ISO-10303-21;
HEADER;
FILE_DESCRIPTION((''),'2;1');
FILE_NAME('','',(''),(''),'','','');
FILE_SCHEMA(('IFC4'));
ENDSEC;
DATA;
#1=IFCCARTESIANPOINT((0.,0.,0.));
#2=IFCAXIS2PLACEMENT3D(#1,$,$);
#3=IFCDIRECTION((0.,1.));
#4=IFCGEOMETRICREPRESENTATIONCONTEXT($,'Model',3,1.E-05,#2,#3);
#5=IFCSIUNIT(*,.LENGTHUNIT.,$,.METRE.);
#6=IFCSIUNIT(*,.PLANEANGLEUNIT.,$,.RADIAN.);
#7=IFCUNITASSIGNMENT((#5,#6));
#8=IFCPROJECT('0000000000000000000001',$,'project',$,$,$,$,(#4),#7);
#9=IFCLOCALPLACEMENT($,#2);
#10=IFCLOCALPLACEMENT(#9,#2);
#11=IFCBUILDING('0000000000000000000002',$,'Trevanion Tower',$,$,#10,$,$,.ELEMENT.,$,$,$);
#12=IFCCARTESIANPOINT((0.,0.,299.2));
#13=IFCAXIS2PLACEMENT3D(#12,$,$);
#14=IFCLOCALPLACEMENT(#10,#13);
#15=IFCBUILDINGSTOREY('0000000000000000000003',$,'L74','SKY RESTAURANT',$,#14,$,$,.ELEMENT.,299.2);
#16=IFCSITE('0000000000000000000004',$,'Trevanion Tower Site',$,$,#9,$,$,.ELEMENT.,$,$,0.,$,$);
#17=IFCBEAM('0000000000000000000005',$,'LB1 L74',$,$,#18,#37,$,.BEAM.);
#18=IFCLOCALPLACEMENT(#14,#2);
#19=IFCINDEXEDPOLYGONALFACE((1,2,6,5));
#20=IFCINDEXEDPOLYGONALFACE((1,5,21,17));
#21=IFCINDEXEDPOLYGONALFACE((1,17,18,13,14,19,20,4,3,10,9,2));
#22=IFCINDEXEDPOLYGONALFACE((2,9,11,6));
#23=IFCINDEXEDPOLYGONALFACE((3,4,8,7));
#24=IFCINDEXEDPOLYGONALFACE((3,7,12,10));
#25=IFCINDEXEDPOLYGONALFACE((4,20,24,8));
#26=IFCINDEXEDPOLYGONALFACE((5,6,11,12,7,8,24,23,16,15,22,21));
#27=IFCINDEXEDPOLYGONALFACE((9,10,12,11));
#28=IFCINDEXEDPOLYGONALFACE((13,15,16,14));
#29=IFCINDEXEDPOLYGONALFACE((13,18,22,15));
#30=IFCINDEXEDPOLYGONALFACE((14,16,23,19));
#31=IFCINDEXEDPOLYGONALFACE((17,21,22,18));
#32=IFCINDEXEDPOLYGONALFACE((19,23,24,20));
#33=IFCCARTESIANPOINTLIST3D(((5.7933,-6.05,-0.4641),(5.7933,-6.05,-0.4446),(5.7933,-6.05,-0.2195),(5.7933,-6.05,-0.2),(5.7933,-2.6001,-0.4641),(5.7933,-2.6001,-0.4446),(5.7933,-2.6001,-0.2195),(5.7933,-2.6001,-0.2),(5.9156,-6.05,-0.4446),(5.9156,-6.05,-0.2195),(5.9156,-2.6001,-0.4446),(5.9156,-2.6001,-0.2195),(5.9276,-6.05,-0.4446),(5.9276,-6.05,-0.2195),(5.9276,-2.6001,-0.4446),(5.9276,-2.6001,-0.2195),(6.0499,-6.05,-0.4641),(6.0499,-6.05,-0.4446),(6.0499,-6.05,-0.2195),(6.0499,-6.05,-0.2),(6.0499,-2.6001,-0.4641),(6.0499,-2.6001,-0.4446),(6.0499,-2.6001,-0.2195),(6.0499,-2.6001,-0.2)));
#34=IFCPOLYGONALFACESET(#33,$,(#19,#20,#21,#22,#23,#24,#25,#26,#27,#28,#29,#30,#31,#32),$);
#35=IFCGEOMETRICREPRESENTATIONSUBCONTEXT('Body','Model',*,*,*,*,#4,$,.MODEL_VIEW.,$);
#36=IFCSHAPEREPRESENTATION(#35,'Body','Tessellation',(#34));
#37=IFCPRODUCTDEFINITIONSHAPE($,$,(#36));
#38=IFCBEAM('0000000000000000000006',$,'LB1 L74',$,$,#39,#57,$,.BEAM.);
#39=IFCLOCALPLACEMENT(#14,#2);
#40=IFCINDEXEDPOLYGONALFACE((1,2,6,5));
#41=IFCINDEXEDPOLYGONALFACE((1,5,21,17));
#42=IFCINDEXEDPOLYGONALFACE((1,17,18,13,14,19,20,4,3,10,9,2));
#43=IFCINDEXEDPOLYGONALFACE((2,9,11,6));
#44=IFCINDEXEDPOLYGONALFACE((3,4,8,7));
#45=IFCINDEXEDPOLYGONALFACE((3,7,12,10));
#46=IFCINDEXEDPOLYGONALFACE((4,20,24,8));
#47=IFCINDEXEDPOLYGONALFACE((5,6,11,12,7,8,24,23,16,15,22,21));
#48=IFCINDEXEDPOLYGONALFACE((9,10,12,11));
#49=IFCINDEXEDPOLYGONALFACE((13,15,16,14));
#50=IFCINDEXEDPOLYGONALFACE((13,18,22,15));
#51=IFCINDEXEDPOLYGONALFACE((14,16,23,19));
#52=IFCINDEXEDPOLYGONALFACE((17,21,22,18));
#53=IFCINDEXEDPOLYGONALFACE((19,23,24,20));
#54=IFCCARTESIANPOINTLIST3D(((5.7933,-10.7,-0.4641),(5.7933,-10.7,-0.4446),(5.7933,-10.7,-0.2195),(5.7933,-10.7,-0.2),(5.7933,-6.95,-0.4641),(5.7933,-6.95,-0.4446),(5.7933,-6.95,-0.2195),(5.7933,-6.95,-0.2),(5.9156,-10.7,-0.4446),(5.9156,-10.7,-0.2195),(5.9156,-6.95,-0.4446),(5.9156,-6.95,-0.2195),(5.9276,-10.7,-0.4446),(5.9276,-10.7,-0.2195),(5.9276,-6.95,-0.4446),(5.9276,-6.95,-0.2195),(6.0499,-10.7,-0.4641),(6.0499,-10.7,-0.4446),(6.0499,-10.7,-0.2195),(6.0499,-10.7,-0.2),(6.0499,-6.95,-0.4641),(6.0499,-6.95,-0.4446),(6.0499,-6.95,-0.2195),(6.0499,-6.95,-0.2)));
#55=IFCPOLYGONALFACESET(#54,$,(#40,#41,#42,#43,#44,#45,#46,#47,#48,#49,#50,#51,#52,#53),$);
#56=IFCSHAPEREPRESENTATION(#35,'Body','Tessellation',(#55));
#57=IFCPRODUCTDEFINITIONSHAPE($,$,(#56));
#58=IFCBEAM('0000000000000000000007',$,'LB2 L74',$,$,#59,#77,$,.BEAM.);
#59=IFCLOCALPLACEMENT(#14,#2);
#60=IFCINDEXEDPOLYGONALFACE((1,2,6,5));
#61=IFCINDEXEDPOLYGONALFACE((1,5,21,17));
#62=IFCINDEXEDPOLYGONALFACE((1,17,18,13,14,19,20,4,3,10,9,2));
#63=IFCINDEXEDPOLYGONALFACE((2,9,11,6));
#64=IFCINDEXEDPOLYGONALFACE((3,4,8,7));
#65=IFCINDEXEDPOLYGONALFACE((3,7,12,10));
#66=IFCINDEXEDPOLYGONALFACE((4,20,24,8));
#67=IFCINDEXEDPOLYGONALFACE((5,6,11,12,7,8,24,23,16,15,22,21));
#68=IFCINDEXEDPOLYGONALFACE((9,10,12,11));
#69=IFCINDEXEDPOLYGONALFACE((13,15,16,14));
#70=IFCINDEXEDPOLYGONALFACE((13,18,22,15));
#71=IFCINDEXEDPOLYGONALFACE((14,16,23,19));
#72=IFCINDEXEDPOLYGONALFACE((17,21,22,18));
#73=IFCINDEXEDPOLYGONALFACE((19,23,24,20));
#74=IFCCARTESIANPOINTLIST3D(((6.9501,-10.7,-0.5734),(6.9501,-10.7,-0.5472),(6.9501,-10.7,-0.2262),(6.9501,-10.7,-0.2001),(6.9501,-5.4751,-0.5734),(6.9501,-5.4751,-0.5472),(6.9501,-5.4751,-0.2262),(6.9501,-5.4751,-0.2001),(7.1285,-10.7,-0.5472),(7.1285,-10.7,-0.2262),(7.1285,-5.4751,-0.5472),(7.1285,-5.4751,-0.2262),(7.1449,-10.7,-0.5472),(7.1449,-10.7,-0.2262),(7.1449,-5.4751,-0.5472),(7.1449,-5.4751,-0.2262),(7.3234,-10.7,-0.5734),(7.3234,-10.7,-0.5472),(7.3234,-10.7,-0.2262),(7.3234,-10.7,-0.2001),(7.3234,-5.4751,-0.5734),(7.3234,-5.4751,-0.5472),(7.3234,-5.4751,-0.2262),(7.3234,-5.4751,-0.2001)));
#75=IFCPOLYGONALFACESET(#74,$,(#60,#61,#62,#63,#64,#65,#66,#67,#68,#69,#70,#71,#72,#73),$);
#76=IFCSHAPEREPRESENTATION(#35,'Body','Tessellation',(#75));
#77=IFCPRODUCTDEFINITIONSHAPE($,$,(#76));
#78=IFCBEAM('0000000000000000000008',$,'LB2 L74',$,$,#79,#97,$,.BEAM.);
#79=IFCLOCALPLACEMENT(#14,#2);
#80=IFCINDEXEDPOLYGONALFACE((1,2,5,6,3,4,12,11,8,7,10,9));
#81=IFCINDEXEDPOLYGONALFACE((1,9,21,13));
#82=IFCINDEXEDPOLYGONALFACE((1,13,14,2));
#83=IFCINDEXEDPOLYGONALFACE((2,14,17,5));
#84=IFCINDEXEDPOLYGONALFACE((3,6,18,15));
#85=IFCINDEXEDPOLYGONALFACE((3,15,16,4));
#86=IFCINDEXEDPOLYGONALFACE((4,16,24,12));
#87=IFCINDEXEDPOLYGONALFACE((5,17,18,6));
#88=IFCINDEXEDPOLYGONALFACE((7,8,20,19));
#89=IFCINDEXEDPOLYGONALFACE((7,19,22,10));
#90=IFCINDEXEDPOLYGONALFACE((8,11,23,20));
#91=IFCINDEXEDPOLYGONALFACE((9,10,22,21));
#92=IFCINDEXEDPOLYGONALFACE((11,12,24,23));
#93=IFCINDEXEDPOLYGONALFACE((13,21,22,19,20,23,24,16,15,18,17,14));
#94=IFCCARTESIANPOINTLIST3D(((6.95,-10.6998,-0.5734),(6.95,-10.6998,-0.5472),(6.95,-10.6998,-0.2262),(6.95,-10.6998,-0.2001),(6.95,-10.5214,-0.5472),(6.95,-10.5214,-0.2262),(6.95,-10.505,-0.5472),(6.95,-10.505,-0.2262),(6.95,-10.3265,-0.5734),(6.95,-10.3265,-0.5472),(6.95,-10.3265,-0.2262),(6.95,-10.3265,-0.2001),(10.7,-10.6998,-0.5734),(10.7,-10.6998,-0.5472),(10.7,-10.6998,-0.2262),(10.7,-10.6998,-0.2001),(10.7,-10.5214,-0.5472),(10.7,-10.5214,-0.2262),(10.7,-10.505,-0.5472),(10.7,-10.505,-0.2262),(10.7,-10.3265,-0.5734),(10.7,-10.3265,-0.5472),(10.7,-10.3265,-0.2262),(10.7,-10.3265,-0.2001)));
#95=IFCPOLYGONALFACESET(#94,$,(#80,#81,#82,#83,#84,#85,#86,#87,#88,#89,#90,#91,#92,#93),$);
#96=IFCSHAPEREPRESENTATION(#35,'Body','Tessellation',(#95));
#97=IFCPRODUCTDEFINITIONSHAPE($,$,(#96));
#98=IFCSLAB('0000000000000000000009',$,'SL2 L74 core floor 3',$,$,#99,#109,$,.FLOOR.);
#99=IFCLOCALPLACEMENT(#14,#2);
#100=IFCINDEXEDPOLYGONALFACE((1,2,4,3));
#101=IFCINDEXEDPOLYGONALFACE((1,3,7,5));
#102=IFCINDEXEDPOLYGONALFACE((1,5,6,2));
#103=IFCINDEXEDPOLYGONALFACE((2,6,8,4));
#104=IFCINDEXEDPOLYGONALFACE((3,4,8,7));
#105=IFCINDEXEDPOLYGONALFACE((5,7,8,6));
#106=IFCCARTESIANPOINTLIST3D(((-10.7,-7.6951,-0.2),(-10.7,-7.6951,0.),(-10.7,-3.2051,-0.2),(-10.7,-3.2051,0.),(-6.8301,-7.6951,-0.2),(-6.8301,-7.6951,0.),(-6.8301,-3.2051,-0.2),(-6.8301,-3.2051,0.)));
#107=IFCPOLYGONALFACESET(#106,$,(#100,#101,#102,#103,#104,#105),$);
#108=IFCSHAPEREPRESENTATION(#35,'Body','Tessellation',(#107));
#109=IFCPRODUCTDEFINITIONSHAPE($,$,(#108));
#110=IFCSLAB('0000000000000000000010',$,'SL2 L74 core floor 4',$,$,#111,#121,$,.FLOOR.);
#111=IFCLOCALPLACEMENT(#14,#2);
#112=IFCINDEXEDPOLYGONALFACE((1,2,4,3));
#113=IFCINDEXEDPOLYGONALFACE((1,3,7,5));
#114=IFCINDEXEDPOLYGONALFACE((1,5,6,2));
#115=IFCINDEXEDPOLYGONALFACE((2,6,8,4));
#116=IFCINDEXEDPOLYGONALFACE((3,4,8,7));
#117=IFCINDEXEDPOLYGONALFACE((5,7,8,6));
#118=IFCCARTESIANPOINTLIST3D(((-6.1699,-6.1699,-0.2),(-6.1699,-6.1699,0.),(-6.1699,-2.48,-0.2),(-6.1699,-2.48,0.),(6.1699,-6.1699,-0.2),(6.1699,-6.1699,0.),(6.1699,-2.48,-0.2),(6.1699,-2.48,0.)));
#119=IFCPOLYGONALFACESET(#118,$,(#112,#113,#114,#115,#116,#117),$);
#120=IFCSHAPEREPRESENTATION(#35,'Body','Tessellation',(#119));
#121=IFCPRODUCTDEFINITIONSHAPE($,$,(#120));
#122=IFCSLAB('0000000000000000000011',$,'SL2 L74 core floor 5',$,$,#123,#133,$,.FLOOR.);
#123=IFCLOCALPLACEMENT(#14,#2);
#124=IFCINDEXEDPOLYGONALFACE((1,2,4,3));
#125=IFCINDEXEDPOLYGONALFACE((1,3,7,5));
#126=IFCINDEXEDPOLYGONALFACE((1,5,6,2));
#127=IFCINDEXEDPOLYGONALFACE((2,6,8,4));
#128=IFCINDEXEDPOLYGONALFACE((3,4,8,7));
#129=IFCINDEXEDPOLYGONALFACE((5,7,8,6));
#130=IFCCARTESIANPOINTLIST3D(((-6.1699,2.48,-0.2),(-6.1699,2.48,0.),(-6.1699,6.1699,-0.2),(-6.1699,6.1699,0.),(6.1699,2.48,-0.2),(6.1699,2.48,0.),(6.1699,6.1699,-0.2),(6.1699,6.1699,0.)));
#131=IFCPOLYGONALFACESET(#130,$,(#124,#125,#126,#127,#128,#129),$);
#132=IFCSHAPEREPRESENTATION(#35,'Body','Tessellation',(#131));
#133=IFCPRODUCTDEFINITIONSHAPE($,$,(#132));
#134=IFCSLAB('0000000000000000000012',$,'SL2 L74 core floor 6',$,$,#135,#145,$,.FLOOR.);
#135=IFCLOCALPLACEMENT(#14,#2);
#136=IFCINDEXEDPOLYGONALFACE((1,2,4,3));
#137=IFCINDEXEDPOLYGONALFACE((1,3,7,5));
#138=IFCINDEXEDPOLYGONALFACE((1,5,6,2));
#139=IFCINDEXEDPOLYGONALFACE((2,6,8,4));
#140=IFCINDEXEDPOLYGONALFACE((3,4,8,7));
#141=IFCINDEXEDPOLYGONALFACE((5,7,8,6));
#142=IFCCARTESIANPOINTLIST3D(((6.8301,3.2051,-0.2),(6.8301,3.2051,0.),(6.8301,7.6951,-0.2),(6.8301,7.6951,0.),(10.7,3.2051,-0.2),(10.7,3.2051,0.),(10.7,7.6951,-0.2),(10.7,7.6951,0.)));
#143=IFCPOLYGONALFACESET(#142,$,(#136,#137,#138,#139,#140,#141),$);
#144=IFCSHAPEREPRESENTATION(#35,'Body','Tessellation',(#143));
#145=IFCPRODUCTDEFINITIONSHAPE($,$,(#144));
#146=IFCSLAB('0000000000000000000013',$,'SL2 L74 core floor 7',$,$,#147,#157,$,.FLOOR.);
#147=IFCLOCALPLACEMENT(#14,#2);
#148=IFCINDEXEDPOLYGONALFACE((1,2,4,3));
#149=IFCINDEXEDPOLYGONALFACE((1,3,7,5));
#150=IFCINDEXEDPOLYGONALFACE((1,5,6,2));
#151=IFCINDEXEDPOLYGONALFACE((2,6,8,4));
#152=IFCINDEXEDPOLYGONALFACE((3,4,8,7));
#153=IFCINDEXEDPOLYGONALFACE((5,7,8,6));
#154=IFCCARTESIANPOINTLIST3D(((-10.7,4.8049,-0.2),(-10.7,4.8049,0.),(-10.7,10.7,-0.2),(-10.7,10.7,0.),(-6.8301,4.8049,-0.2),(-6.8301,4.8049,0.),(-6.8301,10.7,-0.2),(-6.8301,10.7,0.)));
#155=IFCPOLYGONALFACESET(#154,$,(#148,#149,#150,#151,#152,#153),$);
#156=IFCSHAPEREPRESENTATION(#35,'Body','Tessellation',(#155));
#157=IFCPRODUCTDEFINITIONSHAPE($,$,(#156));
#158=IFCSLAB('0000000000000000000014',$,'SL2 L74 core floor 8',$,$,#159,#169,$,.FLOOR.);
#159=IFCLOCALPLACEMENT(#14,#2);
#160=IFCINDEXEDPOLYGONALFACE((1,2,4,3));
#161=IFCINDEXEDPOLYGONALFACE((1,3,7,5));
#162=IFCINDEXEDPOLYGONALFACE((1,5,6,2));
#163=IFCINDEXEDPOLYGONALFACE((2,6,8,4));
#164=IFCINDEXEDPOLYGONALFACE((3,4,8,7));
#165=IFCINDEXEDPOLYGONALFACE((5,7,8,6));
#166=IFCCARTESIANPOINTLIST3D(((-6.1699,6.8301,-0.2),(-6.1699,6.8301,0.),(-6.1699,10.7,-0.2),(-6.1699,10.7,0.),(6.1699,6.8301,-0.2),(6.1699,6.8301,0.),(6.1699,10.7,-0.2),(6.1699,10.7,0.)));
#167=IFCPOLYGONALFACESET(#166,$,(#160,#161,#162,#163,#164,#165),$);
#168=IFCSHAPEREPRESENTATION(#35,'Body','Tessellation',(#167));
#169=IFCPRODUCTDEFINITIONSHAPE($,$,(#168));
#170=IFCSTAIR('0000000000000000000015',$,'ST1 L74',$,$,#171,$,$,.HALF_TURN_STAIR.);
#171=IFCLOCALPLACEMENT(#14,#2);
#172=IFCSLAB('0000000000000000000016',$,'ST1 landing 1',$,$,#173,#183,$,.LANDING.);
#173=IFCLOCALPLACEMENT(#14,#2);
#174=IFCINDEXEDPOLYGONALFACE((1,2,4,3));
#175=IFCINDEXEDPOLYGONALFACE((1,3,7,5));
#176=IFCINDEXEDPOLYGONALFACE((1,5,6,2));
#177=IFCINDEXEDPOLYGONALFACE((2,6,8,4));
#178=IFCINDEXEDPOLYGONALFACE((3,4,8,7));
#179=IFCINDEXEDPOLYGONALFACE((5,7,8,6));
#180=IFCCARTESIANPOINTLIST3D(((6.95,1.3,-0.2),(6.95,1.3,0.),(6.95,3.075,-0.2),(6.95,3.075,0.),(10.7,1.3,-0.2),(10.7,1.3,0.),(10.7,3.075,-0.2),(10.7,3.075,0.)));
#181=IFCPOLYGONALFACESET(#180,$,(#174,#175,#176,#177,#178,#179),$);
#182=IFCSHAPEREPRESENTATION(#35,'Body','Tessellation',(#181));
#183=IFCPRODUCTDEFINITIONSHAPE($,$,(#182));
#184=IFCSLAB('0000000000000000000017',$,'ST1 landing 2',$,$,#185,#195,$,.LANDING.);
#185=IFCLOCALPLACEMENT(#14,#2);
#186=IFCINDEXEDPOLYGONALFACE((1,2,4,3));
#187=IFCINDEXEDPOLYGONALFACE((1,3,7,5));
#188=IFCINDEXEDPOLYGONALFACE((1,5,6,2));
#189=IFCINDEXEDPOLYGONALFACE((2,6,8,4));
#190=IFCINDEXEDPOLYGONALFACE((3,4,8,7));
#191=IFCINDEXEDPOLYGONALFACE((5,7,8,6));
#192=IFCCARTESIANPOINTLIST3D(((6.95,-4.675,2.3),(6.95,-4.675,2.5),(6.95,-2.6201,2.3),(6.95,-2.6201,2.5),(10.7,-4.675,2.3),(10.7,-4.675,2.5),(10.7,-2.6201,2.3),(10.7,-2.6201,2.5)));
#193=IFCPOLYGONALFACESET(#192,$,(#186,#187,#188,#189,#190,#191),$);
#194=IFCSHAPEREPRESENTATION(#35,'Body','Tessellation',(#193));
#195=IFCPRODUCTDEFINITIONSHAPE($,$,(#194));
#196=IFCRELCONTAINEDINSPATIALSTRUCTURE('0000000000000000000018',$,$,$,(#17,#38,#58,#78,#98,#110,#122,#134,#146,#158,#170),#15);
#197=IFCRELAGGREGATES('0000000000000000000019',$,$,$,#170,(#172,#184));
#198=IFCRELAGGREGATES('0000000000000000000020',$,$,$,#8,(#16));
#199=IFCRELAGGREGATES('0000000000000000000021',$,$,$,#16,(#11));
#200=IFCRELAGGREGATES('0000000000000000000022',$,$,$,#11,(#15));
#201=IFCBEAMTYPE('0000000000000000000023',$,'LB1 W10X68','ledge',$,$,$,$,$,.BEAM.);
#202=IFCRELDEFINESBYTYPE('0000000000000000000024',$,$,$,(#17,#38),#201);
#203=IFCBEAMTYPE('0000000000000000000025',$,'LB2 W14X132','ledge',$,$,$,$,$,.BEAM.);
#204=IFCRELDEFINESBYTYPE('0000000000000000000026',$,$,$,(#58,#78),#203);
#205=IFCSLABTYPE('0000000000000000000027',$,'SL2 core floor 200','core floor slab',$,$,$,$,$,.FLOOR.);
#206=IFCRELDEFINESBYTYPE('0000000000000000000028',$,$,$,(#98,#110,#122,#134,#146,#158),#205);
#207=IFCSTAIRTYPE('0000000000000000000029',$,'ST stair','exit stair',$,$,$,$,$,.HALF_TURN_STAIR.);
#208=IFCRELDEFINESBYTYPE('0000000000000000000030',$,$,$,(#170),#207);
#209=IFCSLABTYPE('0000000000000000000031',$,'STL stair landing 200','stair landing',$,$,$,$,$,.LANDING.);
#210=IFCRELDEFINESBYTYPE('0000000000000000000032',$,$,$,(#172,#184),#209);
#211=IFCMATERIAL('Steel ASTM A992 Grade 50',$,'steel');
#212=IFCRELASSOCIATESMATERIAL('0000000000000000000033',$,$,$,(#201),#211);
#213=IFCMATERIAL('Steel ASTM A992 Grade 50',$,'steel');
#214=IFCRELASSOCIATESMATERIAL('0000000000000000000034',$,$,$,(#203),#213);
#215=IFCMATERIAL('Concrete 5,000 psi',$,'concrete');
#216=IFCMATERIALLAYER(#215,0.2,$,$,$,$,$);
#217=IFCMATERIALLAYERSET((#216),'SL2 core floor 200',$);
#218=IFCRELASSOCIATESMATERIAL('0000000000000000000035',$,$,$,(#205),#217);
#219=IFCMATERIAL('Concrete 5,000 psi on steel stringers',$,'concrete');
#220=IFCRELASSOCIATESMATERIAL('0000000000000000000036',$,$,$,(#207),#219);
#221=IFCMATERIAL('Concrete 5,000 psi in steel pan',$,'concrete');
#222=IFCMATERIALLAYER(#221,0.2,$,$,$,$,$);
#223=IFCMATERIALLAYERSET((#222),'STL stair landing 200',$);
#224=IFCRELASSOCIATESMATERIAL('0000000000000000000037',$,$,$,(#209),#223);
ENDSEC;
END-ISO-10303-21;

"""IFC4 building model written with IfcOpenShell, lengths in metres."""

from ifc_helpers import new_model, si_unit, direction, frame, origin, origin_2d, place, context, subcontext, project, spatial, polyline, i_section, outline, extrude, material, layer, layer_set, material_profile, profile_set, type_object, element, aggregate, save


model = new_model("IFC4")

# Units and contexts
model_context = context("Model", 3, precision=1e-05, world=origin(), true_north=direction((0.0, 1.0)))
body_context = subcontext(model_context, "Body", "Model", "MODEL_VIEW")
ifc_project = project(units=[si_unit("LENGTHUNIT", "METRE"), si_unit("PLANEANGLEUNIT", "RADIAN")], contexts=[model_context])

# Site, building, storey
site_placement = place(None, origin())
site = spatial("IfcSite", under=ifc_project, at=site_placement, Name="Trevanion Tower Site", CompositionType="ELEMENT", RefElevation=0.0)
building_placement = place(site_placement, origin())
building = spatial("IfcBuilding", under=site, at=building_placement, Name="Trevanion Tower", CompositionType="ELEMENT")
storey_placement = place(building_placement, frame((0.0, 0.0, 299.2)))
storey = spatial("IfcBuildingStorey", under=building, at=storey_placement, Name="L74", Description="SKY RESTAURANT", CompositionType="ELEMENT", Elevation=299.2)

# Beams
ifc_material_1 = material(Name="Steel ASTM A992 Grade 50", Category="steel")
ifc_material_profile_1 = material_profile(ifc_material_1, i_section(OverallWidth=0.2566, OverallDepth=0.2642, WebThickness=0.012, FlangeThickness=0.0195, at=origin_2d()), Name="W10X68")
ifc_profile_set_1 = profile_set([ifc_material_profile_1], Name="Steel ASTM A992 Grade 50")
beam_type_1 = type_object("IfcBeamType", Name="LB1 W10X68", Description="ledge", PredefinedType="BEAM", material=ifc_profile_set_1)
beam_1_placement = place(storey_placement, frame((5.9216, -6.05, -0.332), z_axis=(0.0, 1.0, 0.0), x_axis=(-1.0, 0.0, 0.0)))
element("IfcBeam", 1, at=beam_1_placement, inside=storey, type_object=beam_type_1, Name="LB1 L74", PredefinedType="BEAM", context=body_context, shape_type="SweptSolid", body=[
    extrude(i_section(OverallWidth=0.2566, OverallDepth=0.2642, WebThickness=0.012, FlangeThickness=0.0195, at=origin_2d()), origin(), (0.0, 0.0, 1.0), 3.45),
])
beam_2_placement = place(storey_placement, frame((5.9216, -10.7, -0.332), z_axis=(0.0, 1.0, 0.0), x_axis=(-1.0, 0.0, 0.0)))
element("IfcBeam", 2, at=beam_2_placement, inside=storey, type_object=beam_type_1, Name="LB1 L74", PredefinedType="BEAM", context=body_context, shape_type="SweptSolid", body=[
    extrude(i_section(OverallWidth=0.2566, OverallDepth=0.2642, WebThickness=0.012, FlangeThickness=0.0195, at=origin_2d()), origin(), (0.0, 0.0, 1.0), 3.75),
])
ifc_material_2 = material(Name="Steel ASTM A992 Grade 50", Category="steel")
ifc_material_profile_2 = material_profile(ifc_material_2, i_section(OverallWidth=0.3733, OverallDepth=0.3733, WebThickness=0.0164, FlangeThickness=0.0261, at=origin_2d()), Name="W14X132")
ifc_profile_set_2 = profile_set([ifc_material_profile_2], Name="Steel ASTM A992 Grade 50")
beam_type_2 = type_object("IfcBeamType", Name="LB2 W14X132", Description="ledge", PredefinedType="BEAM", material=ifc_profile_set_2)
beam_3_placement = place(storey_placement, frame((7.1367, -10.7, -0.3867), z_axis=(0.0, 1.0, 0.0), x_axis=(-1.0, 0.0, 0.0)))
element("IfcBeam", 3, at=beam_3_placement, inside=storey, type_object=beam_type_2, Name="LB2 L74", PredefinedType="BEAM", context=body_context, shape_type="SweptSolid", body=[
    extrude(i_section(OverallWidth=0.3733, OverallDepth=0.3733, WebThickness=0.0164, FlangeThickness=0.0261, at=origin_2d()), origin(), (0.0, 0.0, 1.0), 5.2249),
])
beam_4_placement = place(storey_placement, frame((6.95, -10.5132, -0.3867), z_axis=(1.0, 0.0, 0.0), x_axis=(0.0, 1.0, 0.0)))
element("IfcBeam", 4, at=beam_4_placement, inside=storey, type_object=beam_type_2, Name="LB2 L74", PredefinedType="BEAM", context=body_context, shape_type="SweptSolid", body=[
    extrude(i_section(OverallWidth=0.3733, OverallDepth=0.3733, WebThickness=0.0164, FlangeThickness=0.0261, at=origin_2d()), origin(), (0.0, 0.0, 1.0), 3.75),
])

# Slabs
ifc_material_3 = material(Name="Concrete 5,000 psi", Category="concrete")
ifc_layer_1 = layer(ifc_material_3, 0.2)
ifc_layer_set_1 = layer_set([ifc_layer_1], Name="SL2 core floor 200")
slab_type_1 = type_object("IfcSlabType", Name="SL2 core floor 200", Description="core floor slab", PredefinedType="FLOOR", material=ifc_layer_set_1)
slab_1_placement = place(storey_placement, frame((0.0, 0.0, -0.2)))
element("IfcSlab", 5, at=slab_1_placement, inside=storey, type_object=slab_type_1, Name="SL2 L74 core floor 3", PredefinedType="FLOOR", context=body_context, shape_type="SweptSolid", body=[
    extrude(outline(polyline([(-6.8301, -3.2051), (-6.8301, -7.6951), (-10.7, -7.6951), (-10.7, -3.2051), (-6.8301, -3.2051)])), origin(), (0.0, 0.0, 1.0), 0.2),
])
slab_2_placement = place(storey_placement, frame((0.0, 0.0, -0.2)))
element("IfcSlab", 6, at=slab_2_placement, inside=storey, type_object=slab_type_1, Name="SL2 L74 core floor 4", PredefinedType="FLOOR", context=body_context, shape_type="SweptSolid", body=[
    extrude(outline(polyline([(6.1699, -6.1699), (-6.1699, -6.1699), (-6.1699, -2.48), (6.1699, -2.48), (6.1699, -6.1699)])), origin(), (0.0, 0.0, 1.0), 0.2),
])
slab_3_placement = place(storey_placement, frame((0.0, 0.0, -0.2)))
element("IfcSlab", 7, at=slab_3_placement, inside=storey, type_object=slab_type_1, Name="SL2 L74 core floor 5", PredefinedType="FLOOR", context=body_context, shape_type="SweptSolid", body=[
    extrude(outline(polyline([(6.1699, 2.48), (-6.1699, 2.48), (-6.1699, 6.1699), (6.1699, 6.1699), (6.1699, 2.48)])), origin(), (0.0, 0.0, 1.0), 0.2),
])
slab_4_placement = place(storey_placement, frame((0.0, 0.0, -0.2)))
element("IfcSlab", 8, at=slab_4_placement, inside=storey, type_object=slab_type_1, Name="SL2 L74 core floor 6", PredefinedType="FLOOR", context=body_context, shape_type="SweptSolid", body=[
    extrude(outline(polyline([(6.8301, 3.2051), (6.8301, 7.6951), (10.7, 7.6951), (10.7, 3.2051), (6.8301, 3.2051)])), origin(), (0.0, 0.0, 1.0), 0.2),
])
slab_5_placement = place(storey_placement, frame((0.0, 0.0, -0.2)))
element("IfcSlab", 9, at=slab_5_placement, inside=storey, type_object=slab_type_1, Name="SL2 L74 core floor 7", PredefinedType="FLOOR", context=body_context, shape_type="SweptSolid", body=[
    extrude(outline(polyline([(-6.8301, 4.8049), (-10.7, 4.8049), (-10.7, 10.7), (-6.8301, 10.7), (-6.8301, 4.8049)])), origin(), (0.0, 0.0, 1.0), 0.2),
])
slab_6_placement = place(storey_placement, frame((0.0, 0.0, -0.2)))
element("IfcSlab", 10, at=slab_6_placement, inside=storey, type_object=slab_type_1, Name="SL2 L74 core floor 8", PredefinedType="FLOOR", context=body_context, shape_type="SweptSolid", body=[
    extrude(outline(polyline([(6.1699, 6.8301), (-6.1699, 6.8301), (-6.1699, 10.7), (6.1699, 10.7), (6.1699, 6.8301)])), origin(), (0.0, 0.0, 1.0), 0.2),
])

# Stair, slabs
ifc_material_4 = material(Name="Concrete 5,000 psi on steel stringers", Category="concrete")
stair_type = type_object("IfcStairType", Name="ST stair", Description="exit stair", PredefinedType="HALF_TURN_STAIR", material=ifc_material_4)
stair_1_placement = place(storey_placement, origin())
stair_1 = element("IfcStair", 11, at=stair_1_placement, inside=storey, type_object=stair_type, Name="ST1 L74", PredefinedType="HALF_TURN_STAIR")
ifc_material_5 = material(Name="Concrete 5,000 psi in steel pan", Category="concrete")
ifc_layer_2 = layer(ifc_material_5, 0.2)
ifc_layer_set_2 = layer_set([ifc_layer_2], Name="STL stair landing 200")
slab_type_2 = type_object("IfcSlabType", Name="STL stair landing 200", Description="stair landing", PredefinedType="LANDING", material=ifc_layer_set_2)
slab_7_placement = place(storey_placement, frame((0.0, 0.0, -0.2)))
slab_7 = element("IfcSlab", 12, at=slab_7_placement, type_object=slab_type_2, Name="ST1 landing 1", PredefinedType="LANDING", context=body_context, shape_type="SweptSolid", body=[
    extrude(outline(polyline([(6.95, 1.3), (10.7, 1.3), (10.7, 3.075), (6.95, 3.075), (6.95, 1.3)])), origin(), (0.0, 0.0, 1.0), 0.2),
])
slab_8_placement = place(storey_placement, frame((0.0, 0.0, 2.3)))
slab_8 = element("IfcSlab", 13, at=slab_8_placement, type_object=slab_type_2, Name="ST1 landing 2", PredefinedType="LANDING", context=body_context, shape_type="SweptSolid", body=[
    extrude(outline(polyline([(6.95, -4.675), (10.7, -4.675), (10.7, -2.6201), (6.95, -2.6201), (6.95, -4.675)])), origin(), (0.0, 0.0, 1.0), 0.2),
])
aggregate(stair_1, [slab_7, slab_8])

save(model, "model.ifc")
